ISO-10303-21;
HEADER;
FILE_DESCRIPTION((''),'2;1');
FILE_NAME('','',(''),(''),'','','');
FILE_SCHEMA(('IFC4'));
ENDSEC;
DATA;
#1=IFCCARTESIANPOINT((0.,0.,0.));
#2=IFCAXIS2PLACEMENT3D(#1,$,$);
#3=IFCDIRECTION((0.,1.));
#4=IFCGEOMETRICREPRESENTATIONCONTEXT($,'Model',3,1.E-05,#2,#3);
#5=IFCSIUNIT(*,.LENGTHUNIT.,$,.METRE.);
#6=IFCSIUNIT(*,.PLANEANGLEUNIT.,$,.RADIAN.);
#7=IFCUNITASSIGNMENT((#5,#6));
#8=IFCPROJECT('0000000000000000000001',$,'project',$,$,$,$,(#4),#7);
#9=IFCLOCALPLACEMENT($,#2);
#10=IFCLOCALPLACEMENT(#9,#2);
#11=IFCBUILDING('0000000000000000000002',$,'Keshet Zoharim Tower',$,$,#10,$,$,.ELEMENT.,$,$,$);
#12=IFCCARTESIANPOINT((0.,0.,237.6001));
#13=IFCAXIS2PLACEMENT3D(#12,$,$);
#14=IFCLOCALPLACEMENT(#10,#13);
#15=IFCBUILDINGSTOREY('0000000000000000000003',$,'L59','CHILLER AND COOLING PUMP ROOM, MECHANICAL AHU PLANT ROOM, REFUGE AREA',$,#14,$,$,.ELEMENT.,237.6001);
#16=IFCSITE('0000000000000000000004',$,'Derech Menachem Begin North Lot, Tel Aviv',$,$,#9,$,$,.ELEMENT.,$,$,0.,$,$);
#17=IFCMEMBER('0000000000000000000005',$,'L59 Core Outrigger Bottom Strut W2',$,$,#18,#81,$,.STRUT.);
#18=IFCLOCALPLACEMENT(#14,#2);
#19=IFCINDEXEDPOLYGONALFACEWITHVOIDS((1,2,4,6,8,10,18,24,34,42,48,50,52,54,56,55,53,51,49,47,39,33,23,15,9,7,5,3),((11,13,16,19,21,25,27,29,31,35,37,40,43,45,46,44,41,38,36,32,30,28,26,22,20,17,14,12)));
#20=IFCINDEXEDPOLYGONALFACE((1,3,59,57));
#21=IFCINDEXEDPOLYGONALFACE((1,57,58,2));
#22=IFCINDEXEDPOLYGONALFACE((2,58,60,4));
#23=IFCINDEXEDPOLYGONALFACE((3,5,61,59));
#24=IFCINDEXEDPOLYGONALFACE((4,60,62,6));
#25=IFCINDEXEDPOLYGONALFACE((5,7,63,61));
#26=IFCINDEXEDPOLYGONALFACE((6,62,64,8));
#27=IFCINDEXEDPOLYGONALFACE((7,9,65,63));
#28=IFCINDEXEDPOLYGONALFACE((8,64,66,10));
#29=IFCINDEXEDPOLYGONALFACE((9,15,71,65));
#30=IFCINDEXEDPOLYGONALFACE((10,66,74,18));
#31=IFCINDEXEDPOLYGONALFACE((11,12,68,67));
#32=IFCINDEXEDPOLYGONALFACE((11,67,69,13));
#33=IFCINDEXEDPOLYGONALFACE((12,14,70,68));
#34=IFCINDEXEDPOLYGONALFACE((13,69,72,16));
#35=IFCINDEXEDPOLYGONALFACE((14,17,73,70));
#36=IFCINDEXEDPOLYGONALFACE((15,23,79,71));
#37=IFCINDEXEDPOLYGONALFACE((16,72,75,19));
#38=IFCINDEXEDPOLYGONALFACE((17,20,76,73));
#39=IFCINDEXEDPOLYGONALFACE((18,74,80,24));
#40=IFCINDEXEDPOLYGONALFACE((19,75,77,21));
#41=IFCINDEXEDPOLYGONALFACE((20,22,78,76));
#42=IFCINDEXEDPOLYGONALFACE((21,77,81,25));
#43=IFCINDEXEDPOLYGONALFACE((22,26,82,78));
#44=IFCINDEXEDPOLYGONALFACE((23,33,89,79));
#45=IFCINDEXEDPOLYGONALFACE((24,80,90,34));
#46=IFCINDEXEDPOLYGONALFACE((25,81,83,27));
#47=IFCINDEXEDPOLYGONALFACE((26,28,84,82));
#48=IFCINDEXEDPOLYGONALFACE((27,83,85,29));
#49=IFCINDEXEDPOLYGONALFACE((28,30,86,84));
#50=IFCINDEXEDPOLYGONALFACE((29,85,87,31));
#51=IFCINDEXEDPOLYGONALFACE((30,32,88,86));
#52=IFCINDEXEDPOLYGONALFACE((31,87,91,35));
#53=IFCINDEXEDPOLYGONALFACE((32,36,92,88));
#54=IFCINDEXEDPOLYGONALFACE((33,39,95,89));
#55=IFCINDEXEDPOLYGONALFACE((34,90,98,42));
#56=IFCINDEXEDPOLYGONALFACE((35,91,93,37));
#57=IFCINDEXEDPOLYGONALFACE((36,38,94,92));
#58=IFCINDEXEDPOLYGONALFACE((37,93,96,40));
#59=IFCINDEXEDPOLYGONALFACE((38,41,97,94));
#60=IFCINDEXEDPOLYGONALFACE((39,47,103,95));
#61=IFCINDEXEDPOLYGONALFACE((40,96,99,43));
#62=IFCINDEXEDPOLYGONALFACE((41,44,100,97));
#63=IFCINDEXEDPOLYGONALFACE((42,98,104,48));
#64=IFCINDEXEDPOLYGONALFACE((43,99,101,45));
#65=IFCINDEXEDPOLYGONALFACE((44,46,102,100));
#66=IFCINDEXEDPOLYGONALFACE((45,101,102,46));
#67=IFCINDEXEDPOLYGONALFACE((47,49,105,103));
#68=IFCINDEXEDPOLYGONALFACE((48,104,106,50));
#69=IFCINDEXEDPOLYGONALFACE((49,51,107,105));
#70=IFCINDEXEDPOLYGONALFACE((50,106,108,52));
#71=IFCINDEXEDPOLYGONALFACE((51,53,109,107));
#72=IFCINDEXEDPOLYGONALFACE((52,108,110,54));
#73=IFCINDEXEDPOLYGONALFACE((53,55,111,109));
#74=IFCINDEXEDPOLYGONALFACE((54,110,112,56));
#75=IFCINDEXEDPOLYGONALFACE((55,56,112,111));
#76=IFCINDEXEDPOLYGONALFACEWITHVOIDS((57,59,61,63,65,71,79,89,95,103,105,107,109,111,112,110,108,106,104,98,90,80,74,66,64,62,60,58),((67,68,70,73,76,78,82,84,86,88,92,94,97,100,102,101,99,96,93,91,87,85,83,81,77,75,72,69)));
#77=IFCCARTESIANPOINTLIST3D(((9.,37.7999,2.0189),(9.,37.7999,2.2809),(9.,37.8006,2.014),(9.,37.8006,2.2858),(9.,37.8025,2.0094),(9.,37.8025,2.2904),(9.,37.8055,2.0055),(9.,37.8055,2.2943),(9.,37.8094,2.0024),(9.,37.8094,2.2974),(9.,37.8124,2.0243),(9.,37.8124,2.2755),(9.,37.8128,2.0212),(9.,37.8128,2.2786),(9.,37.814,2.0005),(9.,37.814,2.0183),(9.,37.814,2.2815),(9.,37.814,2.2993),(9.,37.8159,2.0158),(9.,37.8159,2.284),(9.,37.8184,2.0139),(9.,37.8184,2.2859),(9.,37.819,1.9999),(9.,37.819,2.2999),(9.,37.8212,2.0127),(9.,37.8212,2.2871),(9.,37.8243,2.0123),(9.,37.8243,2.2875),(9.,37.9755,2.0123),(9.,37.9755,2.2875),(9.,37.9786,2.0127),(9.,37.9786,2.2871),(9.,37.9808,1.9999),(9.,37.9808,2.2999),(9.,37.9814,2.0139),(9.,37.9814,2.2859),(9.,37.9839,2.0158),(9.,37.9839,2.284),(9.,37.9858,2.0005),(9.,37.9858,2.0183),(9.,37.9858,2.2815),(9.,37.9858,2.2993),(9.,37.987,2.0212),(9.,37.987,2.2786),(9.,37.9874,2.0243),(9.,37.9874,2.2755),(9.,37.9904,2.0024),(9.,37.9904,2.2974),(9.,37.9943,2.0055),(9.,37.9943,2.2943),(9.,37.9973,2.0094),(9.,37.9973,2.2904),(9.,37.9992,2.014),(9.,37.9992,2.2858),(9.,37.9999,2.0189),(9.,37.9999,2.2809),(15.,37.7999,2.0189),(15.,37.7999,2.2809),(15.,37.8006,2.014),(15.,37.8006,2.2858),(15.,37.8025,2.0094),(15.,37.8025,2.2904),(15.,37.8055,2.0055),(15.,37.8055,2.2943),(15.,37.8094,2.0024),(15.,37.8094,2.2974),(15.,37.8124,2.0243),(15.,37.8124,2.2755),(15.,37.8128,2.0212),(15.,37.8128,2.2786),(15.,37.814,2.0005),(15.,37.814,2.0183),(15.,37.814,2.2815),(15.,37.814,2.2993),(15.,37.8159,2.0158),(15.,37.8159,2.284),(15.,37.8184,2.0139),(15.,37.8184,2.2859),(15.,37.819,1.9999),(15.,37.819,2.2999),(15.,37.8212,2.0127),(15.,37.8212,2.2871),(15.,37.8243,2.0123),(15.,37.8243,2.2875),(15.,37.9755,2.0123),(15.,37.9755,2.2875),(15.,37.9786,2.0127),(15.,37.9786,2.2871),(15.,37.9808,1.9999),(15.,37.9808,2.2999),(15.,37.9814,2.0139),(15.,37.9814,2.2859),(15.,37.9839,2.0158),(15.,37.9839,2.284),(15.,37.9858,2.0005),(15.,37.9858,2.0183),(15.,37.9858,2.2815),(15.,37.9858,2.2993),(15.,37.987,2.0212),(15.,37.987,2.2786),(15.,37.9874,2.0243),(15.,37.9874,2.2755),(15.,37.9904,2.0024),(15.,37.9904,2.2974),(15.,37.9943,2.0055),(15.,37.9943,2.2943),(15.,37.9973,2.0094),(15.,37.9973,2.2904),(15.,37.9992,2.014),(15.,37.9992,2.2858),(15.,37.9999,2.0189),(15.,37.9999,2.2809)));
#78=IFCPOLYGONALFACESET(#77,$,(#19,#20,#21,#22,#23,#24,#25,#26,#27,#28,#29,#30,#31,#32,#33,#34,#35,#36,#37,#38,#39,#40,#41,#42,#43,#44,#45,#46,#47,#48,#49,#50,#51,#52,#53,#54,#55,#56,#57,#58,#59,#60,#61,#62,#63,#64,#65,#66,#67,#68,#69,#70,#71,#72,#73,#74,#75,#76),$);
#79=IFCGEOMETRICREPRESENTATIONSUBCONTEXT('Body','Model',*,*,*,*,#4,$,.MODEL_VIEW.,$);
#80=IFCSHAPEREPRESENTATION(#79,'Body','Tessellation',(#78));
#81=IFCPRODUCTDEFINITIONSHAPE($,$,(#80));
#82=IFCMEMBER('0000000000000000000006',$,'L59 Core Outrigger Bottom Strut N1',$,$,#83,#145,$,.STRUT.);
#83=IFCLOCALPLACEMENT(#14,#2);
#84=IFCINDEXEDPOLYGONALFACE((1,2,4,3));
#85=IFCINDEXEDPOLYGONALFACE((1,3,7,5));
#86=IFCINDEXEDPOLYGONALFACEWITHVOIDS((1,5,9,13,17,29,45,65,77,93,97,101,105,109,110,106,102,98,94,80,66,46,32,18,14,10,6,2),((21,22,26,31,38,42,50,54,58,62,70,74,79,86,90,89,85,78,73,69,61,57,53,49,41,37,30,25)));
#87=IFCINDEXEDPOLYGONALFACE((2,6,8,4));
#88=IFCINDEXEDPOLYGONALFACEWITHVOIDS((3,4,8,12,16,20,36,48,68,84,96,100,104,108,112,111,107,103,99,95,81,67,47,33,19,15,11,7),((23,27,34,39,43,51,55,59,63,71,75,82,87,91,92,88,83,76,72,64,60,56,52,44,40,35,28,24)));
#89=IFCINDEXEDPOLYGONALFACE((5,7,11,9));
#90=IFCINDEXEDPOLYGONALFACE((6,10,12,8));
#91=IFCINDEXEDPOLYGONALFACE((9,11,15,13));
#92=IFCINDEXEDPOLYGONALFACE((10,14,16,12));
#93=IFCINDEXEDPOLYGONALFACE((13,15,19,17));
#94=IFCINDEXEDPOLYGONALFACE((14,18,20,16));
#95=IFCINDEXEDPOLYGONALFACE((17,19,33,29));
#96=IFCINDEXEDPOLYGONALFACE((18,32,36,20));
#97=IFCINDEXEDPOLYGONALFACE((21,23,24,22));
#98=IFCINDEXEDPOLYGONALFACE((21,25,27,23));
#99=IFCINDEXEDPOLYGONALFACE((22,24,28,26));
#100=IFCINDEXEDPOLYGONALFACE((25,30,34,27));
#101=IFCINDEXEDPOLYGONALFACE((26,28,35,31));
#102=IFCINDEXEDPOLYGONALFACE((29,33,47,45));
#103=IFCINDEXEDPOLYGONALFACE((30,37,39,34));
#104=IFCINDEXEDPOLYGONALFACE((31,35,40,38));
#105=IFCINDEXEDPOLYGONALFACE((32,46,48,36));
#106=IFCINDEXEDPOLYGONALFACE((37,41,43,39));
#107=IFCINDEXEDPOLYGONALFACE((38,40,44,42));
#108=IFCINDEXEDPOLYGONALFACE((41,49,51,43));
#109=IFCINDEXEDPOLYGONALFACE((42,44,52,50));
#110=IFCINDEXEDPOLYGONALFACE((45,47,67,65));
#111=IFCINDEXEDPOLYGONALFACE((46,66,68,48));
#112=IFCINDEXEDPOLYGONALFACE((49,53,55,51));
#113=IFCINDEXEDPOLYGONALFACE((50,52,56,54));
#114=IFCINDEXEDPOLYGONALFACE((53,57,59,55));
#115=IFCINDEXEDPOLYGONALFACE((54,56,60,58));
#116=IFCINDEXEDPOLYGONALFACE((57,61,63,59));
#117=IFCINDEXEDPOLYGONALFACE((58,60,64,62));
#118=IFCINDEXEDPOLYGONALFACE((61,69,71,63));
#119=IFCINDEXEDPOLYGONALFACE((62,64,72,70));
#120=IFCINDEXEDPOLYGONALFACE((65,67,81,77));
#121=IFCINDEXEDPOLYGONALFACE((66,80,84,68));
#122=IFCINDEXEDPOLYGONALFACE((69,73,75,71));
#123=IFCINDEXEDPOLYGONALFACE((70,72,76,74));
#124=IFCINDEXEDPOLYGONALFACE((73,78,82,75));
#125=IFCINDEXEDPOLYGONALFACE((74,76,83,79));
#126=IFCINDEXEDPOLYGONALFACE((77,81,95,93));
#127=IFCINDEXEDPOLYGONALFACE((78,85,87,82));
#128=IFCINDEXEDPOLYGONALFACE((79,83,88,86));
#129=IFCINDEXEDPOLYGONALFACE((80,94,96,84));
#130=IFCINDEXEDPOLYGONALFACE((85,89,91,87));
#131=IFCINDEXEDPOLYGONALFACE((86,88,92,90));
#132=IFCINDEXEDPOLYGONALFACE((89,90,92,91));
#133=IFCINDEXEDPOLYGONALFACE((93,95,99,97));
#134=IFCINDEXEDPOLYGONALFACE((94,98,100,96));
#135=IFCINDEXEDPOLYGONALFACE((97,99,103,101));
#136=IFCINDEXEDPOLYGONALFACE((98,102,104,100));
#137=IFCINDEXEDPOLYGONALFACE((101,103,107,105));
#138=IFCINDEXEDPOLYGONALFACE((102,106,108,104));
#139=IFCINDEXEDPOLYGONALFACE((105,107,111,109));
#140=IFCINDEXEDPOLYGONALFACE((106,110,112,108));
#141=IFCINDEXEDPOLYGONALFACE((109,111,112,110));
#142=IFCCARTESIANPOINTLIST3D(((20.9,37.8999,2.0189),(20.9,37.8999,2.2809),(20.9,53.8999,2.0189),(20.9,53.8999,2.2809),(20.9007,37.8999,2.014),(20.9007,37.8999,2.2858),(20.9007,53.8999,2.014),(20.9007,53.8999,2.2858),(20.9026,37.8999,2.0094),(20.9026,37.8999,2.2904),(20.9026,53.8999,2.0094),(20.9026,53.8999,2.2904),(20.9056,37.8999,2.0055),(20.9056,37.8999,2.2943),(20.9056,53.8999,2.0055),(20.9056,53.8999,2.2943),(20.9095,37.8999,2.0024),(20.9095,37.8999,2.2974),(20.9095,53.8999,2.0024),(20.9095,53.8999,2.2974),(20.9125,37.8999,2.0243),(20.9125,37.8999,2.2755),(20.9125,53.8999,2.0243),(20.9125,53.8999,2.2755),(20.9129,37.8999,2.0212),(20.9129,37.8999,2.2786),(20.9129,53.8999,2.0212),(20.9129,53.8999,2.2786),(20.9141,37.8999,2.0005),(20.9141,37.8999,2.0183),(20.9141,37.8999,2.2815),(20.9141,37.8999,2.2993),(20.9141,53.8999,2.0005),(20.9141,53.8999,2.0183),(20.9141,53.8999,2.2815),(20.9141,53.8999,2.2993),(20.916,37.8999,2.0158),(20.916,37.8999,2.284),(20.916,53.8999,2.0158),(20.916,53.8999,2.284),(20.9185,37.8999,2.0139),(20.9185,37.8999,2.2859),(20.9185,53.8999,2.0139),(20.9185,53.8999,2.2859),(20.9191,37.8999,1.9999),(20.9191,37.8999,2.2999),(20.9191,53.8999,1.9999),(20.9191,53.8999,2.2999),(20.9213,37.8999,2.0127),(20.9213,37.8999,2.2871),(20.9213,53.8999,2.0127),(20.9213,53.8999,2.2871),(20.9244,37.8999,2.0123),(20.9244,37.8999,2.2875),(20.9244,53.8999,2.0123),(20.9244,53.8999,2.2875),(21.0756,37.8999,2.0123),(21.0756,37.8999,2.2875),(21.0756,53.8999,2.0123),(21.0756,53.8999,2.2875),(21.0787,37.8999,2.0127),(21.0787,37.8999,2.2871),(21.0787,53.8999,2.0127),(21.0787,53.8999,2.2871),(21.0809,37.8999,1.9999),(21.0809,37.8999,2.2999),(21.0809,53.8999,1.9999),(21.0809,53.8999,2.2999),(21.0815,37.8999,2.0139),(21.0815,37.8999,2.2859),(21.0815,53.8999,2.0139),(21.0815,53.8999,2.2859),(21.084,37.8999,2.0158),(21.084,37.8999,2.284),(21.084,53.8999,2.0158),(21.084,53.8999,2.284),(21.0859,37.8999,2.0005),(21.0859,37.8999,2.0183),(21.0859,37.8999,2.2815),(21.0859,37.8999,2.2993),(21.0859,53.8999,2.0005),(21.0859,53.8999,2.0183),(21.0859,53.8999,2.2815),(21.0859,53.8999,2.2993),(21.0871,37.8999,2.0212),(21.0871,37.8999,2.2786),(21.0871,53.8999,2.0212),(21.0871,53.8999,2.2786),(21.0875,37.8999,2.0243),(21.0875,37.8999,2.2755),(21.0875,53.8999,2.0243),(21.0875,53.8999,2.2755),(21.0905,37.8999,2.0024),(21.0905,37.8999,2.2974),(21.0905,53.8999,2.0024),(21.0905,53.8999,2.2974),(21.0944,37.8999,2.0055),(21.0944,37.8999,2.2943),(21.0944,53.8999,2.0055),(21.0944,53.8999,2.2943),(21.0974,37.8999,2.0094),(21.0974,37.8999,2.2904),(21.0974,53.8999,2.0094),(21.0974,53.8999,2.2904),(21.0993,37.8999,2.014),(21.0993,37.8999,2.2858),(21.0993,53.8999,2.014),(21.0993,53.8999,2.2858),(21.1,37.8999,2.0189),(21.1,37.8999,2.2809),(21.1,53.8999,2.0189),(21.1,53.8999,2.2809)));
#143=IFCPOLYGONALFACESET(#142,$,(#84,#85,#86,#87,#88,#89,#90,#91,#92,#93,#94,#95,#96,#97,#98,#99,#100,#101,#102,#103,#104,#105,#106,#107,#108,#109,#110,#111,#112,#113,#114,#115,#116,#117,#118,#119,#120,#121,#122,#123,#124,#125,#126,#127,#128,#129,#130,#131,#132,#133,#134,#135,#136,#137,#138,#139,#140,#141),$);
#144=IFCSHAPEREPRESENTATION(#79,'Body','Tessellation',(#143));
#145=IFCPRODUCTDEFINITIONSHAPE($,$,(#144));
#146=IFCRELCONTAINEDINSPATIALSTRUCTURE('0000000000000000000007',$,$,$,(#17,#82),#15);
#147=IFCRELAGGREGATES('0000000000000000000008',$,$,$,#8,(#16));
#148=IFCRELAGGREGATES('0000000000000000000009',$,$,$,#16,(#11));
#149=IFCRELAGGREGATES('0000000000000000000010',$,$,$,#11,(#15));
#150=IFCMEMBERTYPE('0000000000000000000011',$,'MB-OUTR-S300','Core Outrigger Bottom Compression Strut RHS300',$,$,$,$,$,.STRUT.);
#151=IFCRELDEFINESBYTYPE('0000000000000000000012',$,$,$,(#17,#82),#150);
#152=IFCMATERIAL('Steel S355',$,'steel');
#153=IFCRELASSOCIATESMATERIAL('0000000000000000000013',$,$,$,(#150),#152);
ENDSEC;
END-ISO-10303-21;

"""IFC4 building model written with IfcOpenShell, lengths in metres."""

from ifc_helpers import new_model, si_unit, direction, frame, origin, origin_2d, place, context, subcontext, project, spatial, hollow_rectangle, extrude, material, material_profile, profile_set, type_object, element, save


model = new_model("IFC4")

# Units and contexts
model_context = context("Model", 3, precision=1e-05, world=origin(), true_north=direction((0.0, 1.0)))
body_context = subcontext(model_context, "Body", "Model", "MODEL_VIEW")
ifc_project = project(units=[si_unit("LENGTHUNIT", "METRE"), si_unit("PLANEANGLEUNIT", "RADIAN")], contexts=[model_context])

# Site, building, storey
site_placement = place(None, origin())
site = spatial("IfcSite", under=ifc_project, at=site_placement, Name="Derech Menachem Begin North Lot, Tel Aviv", CompositionType="ELEMENT", RefElevation=0.0)
building_placement = place(site_placement, origin())
building = spatial("IfcBuilding", under=site, at=building_placement, Name="Keshet Zoharim Tower", CompositionType="ELEMENT")
storey_placement = place(building_placement, frame((0.0, 0.0, 237.6001)))
storey = spatial("IfcBuildingStorey", under=building, at=storey_placement, Name="L59", Description="CHILLER AND COOLING PUMP ROOM, MECHANICAL AHU PLANT ROOM, REFUGE AREA", CompositionType="ELEMENT", Elevation=237.6001)

# Shared definitions
ifc_material_1 = material(Name="Steel S355", Category="steel")

# Members
ifc_material_profile_1 = material_profile(ifc_material_1, hollow_rectangle(XDim=0.2, YDim=0.3, WallThickness=0.0125, InnerFilletRadius=0.012, OuterFilletRadius=0.019, at=origin_2d()), Name="RHS300x200x12.5")
ifc_profile_set_1 = profile_set([ifc_material_profile_1], Name="Steel S355")
member_type_1 = type_object("IfcMemberType", Name="MB-OUTR-S300", Description="Core Outrigger Bottom Compression Strut RHS300", PredefinedType="STRUT", material=ifc_profile_set_1)
member_1_placement = place(storey_placement, frame((15.0, 37.8999, 2.1499), z_axis=(-1.0, 0.0, 0.0), x_axis=(0.0, -1.0, 0.0)))
element("IfcMember", 1, at=member_1_placement, inside=storey, type_object=member_type_1, Name="L59 Core Outrigger Bottom Strut W2", PredefinedType="STRUT", context=body_context, shape_type="SweptSolid", body=[
    extrude(hollow_rectangle(XDim=0.2, YDim=0.3, WallThickness=0.0125, InnerFilletRadius=0.012, OuterFilletRadius=0.019, at=origin_2d()), origin(), (0.0, 0.0, 1.0), 6.0),
])
member_2_placement = place(storey_placement, frame((21.0, 37.8999, 2.1499), z_axis=(0.0, 1.0, 0.0), x_axis=(-1.0, 0.0, 0.0)))
element("IfcMember", 2, at=member_2_placement, inside=storey, type_object=member_type_1, Name="L59 Core Outrigger Bottom Strut N1", PredefinedType="STRUT", context=body_context, shape_type="SweptSolid", body=[
    extrude(hollow_rectangle(XDim=0.2, YDim=0.3, WallThickness=0.0125, InnerFilletRadius=0.012, OuterFilletRadius=0.019, at=origin_2d()), origin(), (0.0, 0.0, 1.0), 16.0),
])

save(model, "model.ifc")
